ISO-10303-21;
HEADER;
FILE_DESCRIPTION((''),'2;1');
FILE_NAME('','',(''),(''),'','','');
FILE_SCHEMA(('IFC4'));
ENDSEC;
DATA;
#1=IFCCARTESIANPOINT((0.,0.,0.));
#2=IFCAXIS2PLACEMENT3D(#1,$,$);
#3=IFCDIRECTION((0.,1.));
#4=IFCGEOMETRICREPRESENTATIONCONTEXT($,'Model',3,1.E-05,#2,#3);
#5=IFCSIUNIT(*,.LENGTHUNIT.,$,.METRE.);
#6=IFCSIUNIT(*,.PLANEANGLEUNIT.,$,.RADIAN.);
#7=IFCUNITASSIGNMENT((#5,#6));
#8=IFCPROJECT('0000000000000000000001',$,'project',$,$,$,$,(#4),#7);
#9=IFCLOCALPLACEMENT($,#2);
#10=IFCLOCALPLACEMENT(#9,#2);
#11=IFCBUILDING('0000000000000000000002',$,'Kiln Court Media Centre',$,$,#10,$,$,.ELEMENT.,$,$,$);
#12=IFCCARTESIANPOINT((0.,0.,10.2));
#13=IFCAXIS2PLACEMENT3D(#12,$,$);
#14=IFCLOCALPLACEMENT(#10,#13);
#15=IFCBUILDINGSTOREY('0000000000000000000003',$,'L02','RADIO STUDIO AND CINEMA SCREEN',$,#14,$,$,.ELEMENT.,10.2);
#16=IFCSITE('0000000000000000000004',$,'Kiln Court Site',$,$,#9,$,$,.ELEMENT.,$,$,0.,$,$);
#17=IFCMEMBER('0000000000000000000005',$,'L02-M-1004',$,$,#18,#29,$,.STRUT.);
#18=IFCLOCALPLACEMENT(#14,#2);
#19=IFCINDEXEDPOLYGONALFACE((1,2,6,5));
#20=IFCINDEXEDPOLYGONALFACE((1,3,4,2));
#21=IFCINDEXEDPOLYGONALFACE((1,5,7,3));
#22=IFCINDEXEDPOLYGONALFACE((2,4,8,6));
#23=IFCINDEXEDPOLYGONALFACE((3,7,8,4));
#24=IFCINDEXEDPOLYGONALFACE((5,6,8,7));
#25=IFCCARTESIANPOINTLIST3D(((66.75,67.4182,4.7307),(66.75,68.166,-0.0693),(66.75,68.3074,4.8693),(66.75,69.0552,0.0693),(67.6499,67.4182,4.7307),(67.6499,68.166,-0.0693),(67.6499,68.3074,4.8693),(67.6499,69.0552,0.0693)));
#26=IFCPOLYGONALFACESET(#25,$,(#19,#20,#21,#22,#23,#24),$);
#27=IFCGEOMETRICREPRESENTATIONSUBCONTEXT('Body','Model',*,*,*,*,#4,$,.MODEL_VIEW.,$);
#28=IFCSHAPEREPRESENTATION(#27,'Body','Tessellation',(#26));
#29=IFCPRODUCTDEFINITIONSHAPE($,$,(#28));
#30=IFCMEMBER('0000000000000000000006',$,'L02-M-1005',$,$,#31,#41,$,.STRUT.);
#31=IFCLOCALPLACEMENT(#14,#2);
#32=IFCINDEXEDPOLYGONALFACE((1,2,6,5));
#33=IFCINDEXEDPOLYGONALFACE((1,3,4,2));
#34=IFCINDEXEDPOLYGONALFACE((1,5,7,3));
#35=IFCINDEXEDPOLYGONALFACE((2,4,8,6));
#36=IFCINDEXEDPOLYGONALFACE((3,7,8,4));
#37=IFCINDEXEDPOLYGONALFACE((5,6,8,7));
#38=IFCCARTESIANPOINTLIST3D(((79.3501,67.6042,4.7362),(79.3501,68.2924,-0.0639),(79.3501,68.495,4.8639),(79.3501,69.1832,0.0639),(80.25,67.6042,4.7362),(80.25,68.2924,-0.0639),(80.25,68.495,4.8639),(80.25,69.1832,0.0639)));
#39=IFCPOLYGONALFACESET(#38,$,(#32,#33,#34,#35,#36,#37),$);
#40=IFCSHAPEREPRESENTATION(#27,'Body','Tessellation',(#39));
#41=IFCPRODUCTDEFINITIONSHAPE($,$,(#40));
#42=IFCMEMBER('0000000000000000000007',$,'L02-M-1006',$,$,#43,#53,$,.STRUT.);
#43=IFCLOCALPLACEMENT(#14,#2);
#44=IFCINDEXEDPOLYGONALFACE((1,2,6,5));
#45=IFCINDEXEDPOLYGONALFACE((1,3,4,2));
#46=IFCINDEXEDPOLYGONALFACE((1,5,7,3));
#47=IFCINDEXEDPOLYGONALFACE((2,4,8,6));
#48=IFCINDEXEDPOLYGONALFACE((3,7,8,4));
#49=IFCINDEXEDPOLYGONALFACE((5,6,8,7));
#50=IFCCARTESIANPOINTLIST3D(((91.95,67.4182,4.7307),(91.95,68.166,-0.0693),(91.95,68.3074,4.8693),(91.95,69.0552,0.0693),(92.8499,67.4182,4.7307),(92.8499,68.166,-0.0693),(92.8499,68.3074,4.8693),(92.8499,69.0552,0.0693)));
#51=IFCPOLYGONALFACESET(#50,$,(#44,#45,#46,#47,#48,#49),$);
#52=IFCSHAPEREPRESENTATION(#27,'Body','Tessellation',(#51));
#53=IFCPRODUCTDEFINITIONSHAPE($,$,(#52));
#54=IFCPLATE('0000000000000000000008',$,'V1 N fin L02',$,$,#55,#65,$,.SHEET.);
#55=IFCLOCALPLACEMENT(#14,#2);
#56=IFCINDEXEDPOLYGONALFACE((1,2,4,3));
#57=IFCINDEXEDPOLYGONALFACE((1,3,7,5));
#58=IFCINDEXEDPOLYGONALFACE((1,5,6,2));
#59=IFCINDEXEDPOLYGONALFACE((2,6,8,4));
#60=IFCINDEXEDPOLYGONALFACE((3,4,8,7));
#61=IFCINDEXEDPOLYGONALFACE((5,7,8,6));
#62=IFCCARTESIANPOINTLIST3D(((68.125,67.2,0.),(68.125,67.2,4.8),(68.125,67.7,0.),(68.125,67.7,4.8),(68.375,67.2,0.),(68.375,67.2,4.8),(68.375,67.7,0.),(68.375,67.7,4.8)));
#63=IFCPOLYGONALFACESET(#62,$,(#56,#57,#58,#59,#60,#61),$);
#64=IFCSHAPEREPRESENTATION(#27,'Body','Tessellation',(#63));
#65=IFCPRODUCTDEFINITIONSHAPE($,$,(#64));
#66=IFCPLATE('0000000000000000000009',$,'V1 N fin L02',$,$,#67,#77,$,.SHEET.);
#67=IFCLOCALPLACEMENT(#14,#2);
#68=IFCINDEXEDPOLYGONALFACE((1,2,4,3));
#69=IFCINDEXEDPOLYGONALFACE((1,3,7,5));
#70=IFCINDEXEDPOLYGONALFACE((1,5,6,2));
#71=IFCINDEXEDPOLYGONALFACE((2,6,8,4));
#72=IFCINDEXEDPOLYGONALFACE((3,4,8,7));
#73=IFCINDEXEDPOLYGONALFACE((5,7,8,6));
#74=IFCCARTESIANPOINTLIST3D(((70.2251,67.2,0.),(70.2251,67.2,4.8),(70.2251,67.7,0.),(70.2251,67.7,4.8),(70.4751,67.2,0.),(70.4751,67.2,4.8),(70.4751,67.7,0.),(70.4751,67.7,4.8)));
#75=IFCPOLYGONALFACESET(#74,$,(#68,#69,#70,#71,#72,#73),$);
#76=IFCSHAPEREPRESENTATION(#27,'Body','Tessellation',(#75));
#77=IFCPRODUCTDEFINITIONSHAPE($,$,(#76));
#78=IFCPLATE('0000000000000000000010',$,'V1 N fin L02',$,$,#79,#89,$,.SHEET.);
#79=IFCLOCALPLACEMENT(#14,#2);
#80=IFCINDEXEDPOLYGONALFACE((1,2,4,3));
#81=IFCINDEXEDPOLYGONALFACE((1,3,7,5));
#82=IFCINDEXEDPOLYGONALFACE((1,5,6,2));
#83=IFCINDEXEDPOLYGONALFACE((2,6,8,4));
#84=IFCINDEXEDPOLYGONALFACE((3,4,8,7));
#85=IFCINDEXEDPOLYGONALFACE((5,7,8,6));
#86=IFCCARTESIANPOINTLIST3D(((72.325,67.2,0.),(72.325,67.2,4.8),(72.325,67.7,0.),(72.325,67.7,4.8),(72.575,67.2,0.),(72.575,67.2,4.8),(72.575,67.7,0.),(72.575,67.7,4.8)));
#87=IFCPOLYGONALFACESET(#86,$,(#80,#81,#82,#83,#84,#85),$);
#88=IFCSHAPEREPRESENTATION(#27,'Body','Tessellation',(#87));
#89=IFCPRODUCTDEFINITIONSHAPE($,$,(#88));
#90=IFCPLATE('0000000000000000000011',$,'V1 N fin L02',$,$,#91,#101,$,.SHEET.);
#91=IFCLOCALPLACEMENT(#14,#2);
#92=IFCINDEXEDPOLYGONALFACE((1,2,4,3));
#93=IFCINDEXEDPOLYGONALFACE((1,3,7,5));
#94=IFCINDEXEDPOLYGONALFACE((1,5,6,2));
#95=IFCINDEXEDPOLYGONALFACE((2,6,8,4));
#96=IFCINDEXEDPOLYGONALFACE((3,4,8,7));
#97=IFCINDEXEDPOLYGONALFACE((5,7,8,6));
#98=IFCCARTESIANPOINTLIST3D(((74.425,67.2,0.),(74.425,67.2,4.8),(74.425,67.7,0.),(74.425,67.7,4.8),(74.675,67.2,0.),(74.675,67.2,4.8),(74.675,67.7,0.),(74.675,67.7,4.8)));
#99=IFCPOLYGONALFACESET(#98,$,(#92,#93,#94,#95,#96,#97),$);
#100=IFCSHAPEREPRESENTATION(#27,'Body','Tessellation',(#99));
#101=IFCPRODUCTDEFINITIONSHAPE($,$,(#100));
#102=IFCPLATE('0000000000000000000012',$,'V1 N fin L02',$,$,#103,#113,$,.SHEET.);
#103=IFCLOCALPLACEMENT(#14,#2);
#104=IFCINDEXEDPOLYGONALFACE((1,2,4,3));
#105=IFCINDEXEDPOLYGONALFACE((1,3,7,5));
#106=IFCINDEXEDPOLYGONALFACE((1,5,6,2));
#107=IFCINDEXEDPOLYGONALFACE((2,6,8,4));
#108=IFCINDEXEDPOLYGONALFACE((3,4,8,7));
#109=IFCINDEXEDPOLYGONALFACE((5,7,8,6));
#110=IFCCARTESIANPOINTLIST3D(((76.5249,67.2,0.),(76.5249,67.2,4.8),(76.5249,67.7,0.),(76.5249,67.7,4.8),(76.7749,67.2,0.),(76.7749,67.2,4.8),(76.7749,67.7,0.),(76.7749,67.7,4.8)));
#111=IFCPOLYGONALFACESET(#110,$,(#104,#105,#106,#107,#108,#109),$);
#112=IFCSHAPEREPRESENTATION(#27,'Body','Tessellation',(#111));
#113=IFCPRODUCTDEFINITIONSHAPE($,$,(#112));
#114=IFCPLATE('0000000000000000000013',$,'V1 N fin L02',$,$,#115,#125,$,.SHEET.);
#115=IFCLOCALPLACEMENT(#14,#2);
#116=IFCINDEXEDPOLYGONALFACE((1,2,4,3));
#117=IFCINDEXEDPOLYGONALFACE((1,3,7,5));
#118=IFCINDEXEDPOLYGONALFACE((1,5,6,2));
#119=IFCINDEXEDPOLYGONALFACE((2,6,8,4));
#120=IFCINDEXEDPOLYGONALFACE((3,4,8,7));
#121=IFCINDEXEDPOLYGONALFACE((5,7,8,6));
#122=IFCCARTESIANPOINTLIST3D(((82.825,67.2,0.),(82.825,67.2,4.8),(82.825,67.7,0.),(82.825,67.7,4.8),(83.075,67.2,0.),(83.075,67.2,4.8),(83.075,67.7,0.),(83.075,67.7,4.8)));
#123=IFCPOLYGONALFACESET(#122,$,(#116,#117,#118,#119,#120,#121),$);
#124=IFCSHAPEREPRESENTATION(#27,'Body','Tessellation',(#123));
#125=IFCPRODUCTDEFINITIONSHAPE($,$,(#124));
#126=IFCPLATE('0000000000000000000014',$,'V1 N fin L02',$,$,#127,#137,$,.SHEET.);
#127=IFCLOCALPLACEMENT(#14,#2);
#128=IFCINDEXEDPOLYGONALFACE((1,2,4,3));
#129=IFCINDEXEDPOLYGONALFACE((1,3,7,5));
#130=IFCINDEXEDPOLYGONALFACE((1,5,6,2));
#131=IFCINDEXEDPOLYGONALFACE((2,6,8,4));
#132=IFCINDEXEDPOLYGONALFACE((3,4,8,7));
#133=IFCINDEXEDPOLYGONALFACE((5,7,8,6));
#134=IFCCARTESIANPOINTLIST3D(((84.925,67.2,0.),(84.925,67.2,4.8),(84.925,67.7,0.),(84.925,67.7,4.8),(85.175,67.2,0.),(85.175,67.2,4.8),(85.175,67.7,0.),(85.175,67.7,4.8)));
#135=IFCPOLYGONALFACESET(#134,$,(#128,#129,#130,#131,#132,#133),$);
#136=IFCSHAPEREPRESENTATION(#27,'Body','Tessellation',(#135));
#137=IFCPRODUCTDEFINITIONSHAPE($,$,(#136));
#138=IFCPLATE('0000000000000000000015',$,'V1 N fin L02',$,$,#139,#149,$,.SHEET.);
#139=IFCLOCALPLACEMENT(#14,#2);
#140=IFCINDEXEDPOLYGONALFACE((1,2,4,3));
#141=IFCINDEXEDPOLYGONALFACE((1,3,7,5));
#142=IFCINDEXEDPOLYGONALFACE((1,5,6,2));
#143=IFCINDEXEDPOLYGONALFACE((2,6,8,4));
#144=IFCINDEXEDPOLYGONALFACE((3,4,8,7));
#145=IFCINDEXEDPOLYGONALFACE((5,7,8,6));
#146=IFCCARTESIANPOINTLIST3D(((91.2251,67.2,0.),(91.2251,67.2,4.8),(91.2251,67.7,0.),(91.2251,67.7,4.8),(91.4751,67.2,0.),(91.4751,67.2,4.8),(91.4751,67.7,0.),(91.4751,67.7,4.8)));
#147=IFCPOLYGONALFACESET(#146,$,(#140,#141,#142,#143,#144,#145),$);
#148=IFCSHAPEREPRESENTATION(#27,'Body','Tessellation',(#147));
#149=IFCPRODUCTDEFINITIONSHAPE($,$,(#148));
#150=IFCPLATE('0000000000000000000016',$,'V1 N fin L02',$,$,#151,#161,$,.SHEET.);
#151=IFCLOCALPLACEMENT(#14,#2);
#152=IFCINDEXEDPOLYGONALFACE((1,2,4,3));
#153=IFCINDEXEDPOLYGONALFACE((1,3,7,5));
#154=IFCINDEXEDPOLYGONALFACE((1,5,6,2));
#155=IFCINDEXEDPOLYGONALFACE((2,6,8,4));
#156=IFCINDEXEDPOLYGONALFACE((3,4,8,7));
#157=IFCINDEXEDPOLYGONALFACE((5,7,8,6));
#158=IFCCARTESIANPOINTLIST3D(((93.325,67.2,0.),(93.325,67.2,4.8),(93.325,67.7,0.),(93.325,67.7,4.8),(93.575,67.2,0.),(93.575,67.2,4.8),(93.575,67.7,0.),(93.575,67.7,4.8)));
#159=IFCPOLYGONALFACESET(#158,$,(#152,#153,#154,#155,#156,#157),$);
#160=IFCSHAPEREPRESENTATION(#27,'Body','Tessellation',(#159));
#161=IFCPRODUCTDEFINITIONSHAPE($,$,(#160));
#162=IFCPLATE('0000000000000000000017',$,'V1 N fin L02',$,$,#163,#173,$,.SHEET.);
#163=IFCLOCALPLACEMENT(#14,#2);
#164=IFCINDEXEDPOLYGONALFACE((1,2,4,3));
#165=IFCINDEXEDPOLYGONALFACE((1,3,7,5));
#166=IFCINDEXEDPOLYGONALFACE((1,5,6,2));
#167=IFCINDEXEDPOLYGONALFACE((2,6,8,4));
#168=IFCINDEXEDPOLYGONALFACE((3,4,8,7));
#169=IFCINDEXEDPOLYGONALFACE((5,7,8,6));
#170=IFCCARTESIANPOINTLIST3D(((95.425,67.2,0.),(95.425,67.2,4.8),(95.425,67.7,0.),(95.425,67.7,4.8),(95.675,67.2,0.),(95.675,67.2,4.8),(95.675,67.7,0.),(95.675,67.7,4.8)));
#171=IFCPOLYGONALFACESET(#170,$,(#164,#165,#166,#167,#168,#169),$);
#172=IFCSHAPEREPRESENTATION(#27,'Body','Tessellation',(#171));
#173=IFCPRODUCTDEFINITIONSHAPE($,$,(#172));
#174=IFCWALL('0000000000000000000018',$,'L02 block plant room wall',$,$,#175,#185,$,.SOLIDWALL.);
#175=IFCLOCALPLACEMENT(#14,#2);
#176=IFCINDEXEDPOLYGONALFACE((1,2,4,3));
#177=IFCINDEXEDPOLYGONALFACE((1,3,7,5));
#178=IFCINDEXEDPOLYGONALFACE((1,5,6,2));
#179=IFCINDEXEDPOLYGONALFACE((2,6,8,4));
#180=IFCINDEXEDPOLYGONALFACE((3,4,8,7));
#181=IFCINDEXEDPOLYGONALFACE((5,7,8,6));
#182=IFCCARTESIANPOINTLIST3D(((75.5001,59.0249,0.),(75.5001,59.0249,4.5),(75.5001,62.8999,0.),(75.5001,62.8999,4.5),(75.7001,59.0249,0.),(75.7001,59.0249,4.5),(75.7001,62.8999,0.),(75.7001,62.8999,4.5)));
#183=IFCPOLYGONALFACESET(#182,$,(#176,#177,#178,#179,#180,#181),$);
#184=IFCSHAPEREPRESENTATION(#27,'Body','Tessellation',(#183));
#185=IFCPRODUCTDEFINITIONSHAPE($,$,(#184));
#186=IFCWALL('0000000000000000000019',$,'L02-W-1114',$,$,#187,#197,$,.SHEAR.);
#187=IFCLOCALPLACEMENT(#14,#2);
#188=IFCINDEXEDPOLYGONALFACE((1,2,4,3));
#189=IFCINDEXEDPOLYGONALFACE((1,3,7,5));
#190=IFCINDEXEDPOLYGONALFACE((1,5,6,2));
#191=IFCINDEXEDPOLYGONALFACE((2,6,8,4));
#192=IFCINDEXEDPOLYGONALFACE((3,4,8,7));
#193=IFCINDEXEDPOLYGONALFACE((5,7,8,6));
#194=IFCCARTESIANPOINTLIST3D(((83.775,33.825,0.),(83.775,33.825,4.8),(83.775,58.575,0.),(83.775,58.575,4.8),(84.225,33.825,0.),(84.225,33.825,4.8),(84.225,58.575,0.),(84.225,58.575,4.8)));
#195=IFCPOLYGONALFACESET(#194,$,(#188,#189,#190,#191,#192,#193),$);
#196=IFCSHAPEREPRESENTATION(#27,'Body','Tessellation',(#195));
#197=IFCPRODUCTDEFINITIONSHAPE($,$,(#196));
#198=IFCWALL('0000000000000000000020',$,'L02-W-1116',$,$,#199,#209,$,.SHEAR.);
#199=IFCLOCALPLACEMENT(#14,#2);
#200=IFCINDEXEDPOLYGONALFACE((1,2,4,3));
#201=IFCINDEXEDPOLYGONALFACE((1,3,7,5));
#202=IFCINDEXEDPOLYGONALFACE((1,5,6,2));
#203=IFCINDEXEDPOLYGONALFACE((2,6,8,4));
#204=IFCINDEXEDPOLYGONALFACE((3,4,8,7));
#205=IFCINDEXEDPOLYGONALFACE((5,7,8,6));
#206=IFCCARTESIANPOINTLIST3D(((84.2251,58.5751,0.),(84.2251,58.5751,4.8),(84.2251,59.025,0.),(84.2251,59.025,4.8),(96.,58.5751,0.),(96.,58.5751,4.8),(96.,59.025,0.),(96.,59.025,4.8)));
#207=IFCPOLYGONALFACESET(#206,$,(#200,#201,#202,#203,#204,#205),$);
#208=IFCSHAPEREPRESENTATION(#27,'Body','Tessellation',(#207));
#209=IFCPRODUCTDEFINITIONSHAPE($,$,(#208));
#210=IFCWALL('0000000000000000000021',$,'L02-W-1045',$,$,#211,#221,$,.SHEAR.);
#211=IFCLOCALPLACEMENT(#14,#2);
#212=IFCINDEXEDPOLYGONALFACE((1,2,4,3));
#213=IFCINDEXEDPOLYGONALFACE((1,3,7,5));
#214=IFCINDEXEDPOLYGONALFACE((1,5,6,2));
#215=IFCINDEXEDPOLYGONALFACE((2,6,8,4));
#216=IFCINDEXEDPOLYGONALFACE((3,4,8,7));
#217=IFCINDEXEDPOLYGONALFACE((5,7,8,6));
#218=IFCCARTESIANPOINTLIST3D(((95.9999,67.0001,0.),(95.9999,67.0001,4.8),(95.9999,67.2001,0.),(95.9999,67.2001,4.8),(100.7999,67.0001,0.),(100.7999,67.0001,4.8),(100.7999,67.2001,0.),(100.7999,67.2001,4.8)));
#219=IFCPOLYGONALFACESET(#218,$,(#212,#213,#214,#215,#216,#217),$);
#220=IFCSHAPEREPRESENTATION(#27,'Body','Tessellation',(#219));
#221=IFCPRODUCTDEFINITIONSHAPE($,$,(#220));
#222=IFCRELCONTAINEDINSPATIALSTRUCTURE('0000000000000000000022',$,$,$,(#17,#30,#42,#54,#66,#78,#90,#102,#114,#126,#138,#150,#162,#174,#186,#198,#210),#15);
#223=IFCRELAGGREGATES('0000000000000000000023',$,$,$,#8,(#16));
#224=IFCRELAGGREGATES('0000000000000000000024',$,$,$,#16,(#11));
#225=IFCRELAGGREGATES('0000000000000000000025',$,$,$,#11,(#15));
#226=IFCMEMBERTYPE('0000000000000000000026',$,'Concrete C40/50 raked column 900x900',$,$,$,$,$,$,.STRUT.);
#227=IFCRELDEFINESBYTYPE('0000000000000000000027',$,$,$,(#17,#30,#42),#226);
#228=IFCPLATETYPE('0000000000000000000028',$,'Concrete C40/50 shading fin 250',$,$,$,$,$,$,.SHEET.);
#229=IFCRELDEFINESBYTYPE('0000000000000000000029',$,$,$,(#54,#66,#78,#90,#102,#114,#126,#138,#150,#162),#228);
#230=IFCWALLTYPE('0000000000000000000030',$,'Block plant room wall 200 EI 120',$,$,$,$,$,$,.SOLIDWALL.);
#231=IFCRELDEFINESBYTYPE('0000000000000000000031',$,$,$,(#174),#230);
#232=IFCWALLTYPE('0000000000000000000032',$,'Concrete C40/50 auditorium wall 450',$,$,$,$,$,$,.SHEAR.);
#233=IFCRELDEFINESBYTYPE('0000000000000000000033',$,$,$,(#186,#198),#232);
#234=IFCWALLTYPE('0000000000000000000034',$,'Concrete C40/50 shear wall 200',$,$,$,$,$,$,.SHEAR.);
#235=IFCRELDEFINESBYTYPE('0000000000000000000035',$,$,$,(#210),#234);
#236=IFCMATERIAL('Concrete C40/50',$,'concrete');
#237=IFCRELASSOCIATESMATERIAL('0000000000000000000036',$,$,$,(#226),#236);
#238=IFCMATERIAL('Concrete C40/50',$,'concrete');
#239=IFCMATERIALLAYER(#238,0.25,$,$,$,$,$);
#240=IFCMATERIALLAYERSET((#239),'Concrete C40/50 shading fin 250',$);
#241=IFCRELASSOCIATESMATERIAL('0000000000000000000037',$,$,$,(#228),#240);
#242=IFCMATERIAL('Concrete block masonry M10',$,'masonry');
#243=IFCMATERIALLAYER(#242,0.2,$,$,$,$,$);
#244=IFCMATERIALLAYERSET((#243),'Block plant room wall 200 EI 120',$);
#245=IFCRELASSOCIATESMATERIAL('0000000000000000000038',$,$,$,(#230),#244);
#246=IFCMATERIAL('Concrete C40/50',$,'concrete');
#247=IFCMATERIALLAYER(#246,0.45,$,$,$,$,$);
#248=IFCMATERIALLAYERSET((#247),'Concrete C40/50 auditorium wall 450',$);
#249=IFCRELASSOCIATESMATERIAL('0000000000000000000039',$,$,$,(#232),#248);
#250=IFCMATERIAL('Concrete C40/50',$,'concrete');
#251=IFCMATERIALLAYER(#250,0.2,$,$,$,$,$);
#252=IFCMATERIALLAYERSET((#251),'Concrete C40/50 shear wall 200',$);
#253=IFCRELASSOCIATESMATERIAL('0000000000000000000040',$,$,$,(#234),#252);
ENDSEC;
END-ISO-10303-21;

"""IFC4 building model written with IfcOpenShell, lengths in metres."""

from ifc_helpers import new_model, si_unit, direction, frame, frame_2d, origin, origin_2d, place, context, subcontext, project, spatial, rectangle, extrude, material, layer, layer_set, material_profile, profile_set, type_object, element, save


model = new_model("IFC4")

# Units and contexts
model_context = context("Model", 3, precision=1e-05, world=origin(), true_north=direction((0.0, 1.0)))
body_context = subcontext(model_context, "Body", "Model", "MODEL_VIEW")
ifc_project = project(units=[si_unit("LENGTHUNIT", "METRE"), si_unit("PLANEANGLEUNIT", "RADIAN")], contexts=[model_context])

# Site, building, storey
site_placement = place(None, origin())
site = spatial("IfcSite", under=ifc_project, at=site_placement, Name="Kiln Court Site", CompositionType="ELEMENT", RefElevation=0.0)
building_placement = place(site_placement, origin())
building = spatial("IfcBuilding", under=site, at=building_placement, Name="Kiln Court Media Centre", CompositionType="ELEMENT")
storey_placement = place(building_placement, frame((0.0, 0.0, 10.2)))
storey = spatial("IfcBuildingStorey", under=building, at=storey_placement, Name="L02", Description="RADIO STUDIO AND CINEMA SCREEN", CompositionType="ELEMENT", Elevation=10.2)

# Members
ifc_material_1 = material(Name="Concrete C40/50", Category="concrete")
ifc_material_profile_1 = material_profile(ifc_material_1, rectangle(XDim=0.8999, YDim=0.8999, at=origin_2d()), Name="RC 900x900")
ifc_profile_set_1 = profile_set([ifc_material_profile_1], Name="Concrete C40/50")
member_type = type_object("IfcMemberType", Name="Concrete C40/50 raked column 900x900", PredefinedType="STRUT", material=ifc_profile_set_1)
member_1_placement = place(storey_placement, frame((67.2, 68.6106, 0.0), z_axis=(0.0, -0.153934, 0.988081), x_axis=(1.0, 0.0, 0.0)))
element("IfcMember", 1, at=member_1_placement, inside=storey, type_object=member_type, Name="L02-M-1004", PredefinedType="STRUT", context=body_context, shape_type="SweptSolid", body=[
    extrude(rectangle(XDim=0.8999, YDim=0.8999, at=origin_2d()), origin(), (0.0, 0.0, 1.0), 4.8579),
])
member_2_placement = place(storey_placement, frame((79.8, 68.7378, 0.0), z_axis=(0.0, -0.141929, 0.989877), x_axis=(1.0, 0.0, 0.0)))
element("IfcMember", 2, at=member_2_placement, inside=storey, type_object=member_type, Name="L02-M-1005", PredefinedType="STRUT", context=body_context, shape_type="SweptSolid", body=[
    extrude(rectangle(XDim=0.8999, YDim=0.8999, at=origin_2d()), origin(), (0.0, 0.0, 1.0), 4.8491),
])
member_3_placement = place(storey_placement, frame((92.3999, 68.6106, 0.0), z_axis=(0.0, -0.153934, 0.988081), x_axis=(1.0, 0.0, 0.0)))
element("IfcMember", 3, at=member_3_placement, inside=storey, type_object=member_type, Name="L02-M-1006", PredefinedType="STRUT", context=body_context, shape_type="SweptSolid", body=[
    extrude(rectangle(XDim=0.8999, YDim=0.8999, at=origin_2d()), origin(), (0.0, 0.0, 1.0), 4.8579),
])

# Plates
ifc_material_2 = material(Name="Concrete C40/50", Category="concrete")
ifc_layer_1 = layer(ifc_material_2, 0.25)
ifc_layer_set_1 = layer_set([ifc_layer_1], Name="Concrete C40/50 shading fin 250")
plate_type = type_object("IfcPlateType", Name="Concrete C40/50 shading fin 250", PredefinedType="SHEET", material=ifc_layer_set_1)
for number, where, z_axis, x_axis, name in (
    (4, (68.25, 67.45, 0.0), (0.0, 0.0, 1.0), (1.0, 0.0, 0.0), "V1 N fin L02"),
    (5, (70.3501, 67.45, 0.0), (0.0, 0.0, 1.0), (1.0, 0.0, 0.0), "V1 N fin L02"),
    (6, (72.45, 67.45, 0.0), (0.0, 0.0, 1.0), (1.0, 0.0, 0.0), "V1 N fin L02"),
    (7, (74.55, 67.45, 0.0), (0.0, 0.0, 1.0), (1.0, 0.0, 0.0), "V1 N fin L02"),
    (8, (76.6499, 67.45, 0.0), (0.0, 0.0, 1.0), (1.0, 0.0, 0.0), "V1 N fin L02"),
    (9, (82.95, 67.45, 0.0), (0.0, 0.0, 1.0), (1.0, 0.0, 0.0), "V1 N fin L02"),
    (10, (85.05, 67.45, 0.0), (0.0, 0.0, 1.0), (1.0, 0.0, 0.0), "V1 N fin L02"),
    (11, (91.3501, 67.45, 0.0), (0.0, 0.0, 1.0), (1.0, 0.0, 0.0), "V1 N fin L02"),
    (12, (93.45, 67.45, 0.0), (0.0, 0.0, 1.0), (1.0, 0.0, 0.0), "V1 N fin L02"),
    (13, (95.55, 67.45, 0.0), (0.0, 0.0, 1.0), (1.0, 0.0, 0.0), "V1 N fin L02"),
):
    element("IfcPlate", number, at=place(storey_placement, frame(where, z_axis=z_axis, x_axis=x_axis)), inside=storey, type_object=plate_type, Name=name, PredefinedType="SHEET", context=body_context, shape_type="SweptSolid", body=[
        extrude(rectangle(XDim=0.25, YDim=0.5, at=origin_2d()), origin(), (0.0, 0.0, 1.0), 4.8),
    ])

# Walls
ifc_material_3 = material(Name="Concrete block masonry M10", Category="masonry")
ifc_layer_2 = layer(ifc_material_3, 0.2)
ifc_layer_set_2 = layer_set([ifc_layer_2], Name="Block plant room wall 200 EI 120")
wall_type_1 = type_object("IfcWallType", Name="Block plant room wall 200 EI 120", PredefinedType="SOLIDWALL", material=ifc_layer_set_2)
wall_1_placement = place(storey_placement, frame((75.6001, 59.0249, 0.0), z_axis=(0.0, 0.0, 1.0), x_axis=(0.0, 1.0, 0.0)))
element("IfcWall", 14, at=wall_1_placement, inside=storey, type_object=wall_type_1, Name="L02 block plant room wall", PredefinedType="SOLIDWALL", context=body_context, shape_type="SweptSolid", body=[
    extrude(rectangle(XDim=3.875, YDim=0.2, at=frame_2d((1.9375, 0.0))), origin(), (0.0, 0.0, 1.0), 4.5),
])
ifc_material_4 = material(Name="Concrete C40/50", Category="concrete")
ifc_layer_3 = layer(ifc_material_4, 0.45)
ifc_layer_set_3 = layer_set([ifc_layer_3], Name="Concrete C40/50 auditorium wall 450")
wall_type_2 = type_object("IfcWallType", Name="Concrete C40/50 auditorium wall 450", PredefinedType="SHEAR", material=ifc_layer_set_3)
wall_2_placement = place(storey_placement, frame((84.0, 58.575, 0.0), z_axis=(0.0, 0.0, 1.0), x_axis=(0.0, -1.0, 0.0)))
element("IfcWall", 15, at=wall_2_placement, inside=storey, type_object=wall_type_2, Name="L02-W-1114", PredefinedType="SHEAR", context=body_context, shape_type="SweptSolid", body=[
    extrude(rectangle(XDim=24.75, YDim=0.45, at=frame_2d((12.375, 0.0))), origin(), (0.0, 0.0, 1.0), 4.8),
])
wall_3_placement = place(storey_placement, frame((84.2251, 58.8, 0.0), z_axis=(0.0, 0.0, 1.0), x_axis=(1.0, 0.0, 0.0)))
element("IfcWall", 16, at=wall_3_placement, inside=storey, type_object=wall_type_2, Name="L02-W-1116", PredefinedType="SHEAR", context=body_context, shape_type="SweptSolid", body=[
    extrude(rectangle(XDim=11.7749, YDim=0.45, at=frame_2d((5.8875, 0.0))), origin(), (0.0, 0.0, 1.0), 4.8),
])
ifc_material_5 = material(Name="Concrete C40/50", Category="concrete")
ifc_layer_4 = layer(ifc_material_5, 0.2)
ifc_layer_set_4 = layer_set([ifc_layer_4], Name="Concrete C40/50 shear wall 200")
wall_type_3 = type_object("IfcWallType", Name="Concrete C40/50 shear wall 200", PredefinedType="SHEAR", material=ifc_layer_set_4)
wall_4_placement = place(storey_placement, frame((96.0, 67.1001, 0.0), z_axis=(0.0, 0.0, 1.0), x_axis=(1.0, 0.0, 0.0)))
element("IfcWall", 17, at=wall_4_placement, inside=storey, type_object=wall_type_3, Name="L02-W-1045", PredefinedType="SHEAR", context=body_context, shape_type="SweptSolid", body=[
    extrude(rectangle(XDim=4.8, YDim=0.2, at=frame_2d((2.3999, 0.0))), origin(), (0.0, 0.0, 1.0), 4.8),
])

save(model, "model.ifc")
